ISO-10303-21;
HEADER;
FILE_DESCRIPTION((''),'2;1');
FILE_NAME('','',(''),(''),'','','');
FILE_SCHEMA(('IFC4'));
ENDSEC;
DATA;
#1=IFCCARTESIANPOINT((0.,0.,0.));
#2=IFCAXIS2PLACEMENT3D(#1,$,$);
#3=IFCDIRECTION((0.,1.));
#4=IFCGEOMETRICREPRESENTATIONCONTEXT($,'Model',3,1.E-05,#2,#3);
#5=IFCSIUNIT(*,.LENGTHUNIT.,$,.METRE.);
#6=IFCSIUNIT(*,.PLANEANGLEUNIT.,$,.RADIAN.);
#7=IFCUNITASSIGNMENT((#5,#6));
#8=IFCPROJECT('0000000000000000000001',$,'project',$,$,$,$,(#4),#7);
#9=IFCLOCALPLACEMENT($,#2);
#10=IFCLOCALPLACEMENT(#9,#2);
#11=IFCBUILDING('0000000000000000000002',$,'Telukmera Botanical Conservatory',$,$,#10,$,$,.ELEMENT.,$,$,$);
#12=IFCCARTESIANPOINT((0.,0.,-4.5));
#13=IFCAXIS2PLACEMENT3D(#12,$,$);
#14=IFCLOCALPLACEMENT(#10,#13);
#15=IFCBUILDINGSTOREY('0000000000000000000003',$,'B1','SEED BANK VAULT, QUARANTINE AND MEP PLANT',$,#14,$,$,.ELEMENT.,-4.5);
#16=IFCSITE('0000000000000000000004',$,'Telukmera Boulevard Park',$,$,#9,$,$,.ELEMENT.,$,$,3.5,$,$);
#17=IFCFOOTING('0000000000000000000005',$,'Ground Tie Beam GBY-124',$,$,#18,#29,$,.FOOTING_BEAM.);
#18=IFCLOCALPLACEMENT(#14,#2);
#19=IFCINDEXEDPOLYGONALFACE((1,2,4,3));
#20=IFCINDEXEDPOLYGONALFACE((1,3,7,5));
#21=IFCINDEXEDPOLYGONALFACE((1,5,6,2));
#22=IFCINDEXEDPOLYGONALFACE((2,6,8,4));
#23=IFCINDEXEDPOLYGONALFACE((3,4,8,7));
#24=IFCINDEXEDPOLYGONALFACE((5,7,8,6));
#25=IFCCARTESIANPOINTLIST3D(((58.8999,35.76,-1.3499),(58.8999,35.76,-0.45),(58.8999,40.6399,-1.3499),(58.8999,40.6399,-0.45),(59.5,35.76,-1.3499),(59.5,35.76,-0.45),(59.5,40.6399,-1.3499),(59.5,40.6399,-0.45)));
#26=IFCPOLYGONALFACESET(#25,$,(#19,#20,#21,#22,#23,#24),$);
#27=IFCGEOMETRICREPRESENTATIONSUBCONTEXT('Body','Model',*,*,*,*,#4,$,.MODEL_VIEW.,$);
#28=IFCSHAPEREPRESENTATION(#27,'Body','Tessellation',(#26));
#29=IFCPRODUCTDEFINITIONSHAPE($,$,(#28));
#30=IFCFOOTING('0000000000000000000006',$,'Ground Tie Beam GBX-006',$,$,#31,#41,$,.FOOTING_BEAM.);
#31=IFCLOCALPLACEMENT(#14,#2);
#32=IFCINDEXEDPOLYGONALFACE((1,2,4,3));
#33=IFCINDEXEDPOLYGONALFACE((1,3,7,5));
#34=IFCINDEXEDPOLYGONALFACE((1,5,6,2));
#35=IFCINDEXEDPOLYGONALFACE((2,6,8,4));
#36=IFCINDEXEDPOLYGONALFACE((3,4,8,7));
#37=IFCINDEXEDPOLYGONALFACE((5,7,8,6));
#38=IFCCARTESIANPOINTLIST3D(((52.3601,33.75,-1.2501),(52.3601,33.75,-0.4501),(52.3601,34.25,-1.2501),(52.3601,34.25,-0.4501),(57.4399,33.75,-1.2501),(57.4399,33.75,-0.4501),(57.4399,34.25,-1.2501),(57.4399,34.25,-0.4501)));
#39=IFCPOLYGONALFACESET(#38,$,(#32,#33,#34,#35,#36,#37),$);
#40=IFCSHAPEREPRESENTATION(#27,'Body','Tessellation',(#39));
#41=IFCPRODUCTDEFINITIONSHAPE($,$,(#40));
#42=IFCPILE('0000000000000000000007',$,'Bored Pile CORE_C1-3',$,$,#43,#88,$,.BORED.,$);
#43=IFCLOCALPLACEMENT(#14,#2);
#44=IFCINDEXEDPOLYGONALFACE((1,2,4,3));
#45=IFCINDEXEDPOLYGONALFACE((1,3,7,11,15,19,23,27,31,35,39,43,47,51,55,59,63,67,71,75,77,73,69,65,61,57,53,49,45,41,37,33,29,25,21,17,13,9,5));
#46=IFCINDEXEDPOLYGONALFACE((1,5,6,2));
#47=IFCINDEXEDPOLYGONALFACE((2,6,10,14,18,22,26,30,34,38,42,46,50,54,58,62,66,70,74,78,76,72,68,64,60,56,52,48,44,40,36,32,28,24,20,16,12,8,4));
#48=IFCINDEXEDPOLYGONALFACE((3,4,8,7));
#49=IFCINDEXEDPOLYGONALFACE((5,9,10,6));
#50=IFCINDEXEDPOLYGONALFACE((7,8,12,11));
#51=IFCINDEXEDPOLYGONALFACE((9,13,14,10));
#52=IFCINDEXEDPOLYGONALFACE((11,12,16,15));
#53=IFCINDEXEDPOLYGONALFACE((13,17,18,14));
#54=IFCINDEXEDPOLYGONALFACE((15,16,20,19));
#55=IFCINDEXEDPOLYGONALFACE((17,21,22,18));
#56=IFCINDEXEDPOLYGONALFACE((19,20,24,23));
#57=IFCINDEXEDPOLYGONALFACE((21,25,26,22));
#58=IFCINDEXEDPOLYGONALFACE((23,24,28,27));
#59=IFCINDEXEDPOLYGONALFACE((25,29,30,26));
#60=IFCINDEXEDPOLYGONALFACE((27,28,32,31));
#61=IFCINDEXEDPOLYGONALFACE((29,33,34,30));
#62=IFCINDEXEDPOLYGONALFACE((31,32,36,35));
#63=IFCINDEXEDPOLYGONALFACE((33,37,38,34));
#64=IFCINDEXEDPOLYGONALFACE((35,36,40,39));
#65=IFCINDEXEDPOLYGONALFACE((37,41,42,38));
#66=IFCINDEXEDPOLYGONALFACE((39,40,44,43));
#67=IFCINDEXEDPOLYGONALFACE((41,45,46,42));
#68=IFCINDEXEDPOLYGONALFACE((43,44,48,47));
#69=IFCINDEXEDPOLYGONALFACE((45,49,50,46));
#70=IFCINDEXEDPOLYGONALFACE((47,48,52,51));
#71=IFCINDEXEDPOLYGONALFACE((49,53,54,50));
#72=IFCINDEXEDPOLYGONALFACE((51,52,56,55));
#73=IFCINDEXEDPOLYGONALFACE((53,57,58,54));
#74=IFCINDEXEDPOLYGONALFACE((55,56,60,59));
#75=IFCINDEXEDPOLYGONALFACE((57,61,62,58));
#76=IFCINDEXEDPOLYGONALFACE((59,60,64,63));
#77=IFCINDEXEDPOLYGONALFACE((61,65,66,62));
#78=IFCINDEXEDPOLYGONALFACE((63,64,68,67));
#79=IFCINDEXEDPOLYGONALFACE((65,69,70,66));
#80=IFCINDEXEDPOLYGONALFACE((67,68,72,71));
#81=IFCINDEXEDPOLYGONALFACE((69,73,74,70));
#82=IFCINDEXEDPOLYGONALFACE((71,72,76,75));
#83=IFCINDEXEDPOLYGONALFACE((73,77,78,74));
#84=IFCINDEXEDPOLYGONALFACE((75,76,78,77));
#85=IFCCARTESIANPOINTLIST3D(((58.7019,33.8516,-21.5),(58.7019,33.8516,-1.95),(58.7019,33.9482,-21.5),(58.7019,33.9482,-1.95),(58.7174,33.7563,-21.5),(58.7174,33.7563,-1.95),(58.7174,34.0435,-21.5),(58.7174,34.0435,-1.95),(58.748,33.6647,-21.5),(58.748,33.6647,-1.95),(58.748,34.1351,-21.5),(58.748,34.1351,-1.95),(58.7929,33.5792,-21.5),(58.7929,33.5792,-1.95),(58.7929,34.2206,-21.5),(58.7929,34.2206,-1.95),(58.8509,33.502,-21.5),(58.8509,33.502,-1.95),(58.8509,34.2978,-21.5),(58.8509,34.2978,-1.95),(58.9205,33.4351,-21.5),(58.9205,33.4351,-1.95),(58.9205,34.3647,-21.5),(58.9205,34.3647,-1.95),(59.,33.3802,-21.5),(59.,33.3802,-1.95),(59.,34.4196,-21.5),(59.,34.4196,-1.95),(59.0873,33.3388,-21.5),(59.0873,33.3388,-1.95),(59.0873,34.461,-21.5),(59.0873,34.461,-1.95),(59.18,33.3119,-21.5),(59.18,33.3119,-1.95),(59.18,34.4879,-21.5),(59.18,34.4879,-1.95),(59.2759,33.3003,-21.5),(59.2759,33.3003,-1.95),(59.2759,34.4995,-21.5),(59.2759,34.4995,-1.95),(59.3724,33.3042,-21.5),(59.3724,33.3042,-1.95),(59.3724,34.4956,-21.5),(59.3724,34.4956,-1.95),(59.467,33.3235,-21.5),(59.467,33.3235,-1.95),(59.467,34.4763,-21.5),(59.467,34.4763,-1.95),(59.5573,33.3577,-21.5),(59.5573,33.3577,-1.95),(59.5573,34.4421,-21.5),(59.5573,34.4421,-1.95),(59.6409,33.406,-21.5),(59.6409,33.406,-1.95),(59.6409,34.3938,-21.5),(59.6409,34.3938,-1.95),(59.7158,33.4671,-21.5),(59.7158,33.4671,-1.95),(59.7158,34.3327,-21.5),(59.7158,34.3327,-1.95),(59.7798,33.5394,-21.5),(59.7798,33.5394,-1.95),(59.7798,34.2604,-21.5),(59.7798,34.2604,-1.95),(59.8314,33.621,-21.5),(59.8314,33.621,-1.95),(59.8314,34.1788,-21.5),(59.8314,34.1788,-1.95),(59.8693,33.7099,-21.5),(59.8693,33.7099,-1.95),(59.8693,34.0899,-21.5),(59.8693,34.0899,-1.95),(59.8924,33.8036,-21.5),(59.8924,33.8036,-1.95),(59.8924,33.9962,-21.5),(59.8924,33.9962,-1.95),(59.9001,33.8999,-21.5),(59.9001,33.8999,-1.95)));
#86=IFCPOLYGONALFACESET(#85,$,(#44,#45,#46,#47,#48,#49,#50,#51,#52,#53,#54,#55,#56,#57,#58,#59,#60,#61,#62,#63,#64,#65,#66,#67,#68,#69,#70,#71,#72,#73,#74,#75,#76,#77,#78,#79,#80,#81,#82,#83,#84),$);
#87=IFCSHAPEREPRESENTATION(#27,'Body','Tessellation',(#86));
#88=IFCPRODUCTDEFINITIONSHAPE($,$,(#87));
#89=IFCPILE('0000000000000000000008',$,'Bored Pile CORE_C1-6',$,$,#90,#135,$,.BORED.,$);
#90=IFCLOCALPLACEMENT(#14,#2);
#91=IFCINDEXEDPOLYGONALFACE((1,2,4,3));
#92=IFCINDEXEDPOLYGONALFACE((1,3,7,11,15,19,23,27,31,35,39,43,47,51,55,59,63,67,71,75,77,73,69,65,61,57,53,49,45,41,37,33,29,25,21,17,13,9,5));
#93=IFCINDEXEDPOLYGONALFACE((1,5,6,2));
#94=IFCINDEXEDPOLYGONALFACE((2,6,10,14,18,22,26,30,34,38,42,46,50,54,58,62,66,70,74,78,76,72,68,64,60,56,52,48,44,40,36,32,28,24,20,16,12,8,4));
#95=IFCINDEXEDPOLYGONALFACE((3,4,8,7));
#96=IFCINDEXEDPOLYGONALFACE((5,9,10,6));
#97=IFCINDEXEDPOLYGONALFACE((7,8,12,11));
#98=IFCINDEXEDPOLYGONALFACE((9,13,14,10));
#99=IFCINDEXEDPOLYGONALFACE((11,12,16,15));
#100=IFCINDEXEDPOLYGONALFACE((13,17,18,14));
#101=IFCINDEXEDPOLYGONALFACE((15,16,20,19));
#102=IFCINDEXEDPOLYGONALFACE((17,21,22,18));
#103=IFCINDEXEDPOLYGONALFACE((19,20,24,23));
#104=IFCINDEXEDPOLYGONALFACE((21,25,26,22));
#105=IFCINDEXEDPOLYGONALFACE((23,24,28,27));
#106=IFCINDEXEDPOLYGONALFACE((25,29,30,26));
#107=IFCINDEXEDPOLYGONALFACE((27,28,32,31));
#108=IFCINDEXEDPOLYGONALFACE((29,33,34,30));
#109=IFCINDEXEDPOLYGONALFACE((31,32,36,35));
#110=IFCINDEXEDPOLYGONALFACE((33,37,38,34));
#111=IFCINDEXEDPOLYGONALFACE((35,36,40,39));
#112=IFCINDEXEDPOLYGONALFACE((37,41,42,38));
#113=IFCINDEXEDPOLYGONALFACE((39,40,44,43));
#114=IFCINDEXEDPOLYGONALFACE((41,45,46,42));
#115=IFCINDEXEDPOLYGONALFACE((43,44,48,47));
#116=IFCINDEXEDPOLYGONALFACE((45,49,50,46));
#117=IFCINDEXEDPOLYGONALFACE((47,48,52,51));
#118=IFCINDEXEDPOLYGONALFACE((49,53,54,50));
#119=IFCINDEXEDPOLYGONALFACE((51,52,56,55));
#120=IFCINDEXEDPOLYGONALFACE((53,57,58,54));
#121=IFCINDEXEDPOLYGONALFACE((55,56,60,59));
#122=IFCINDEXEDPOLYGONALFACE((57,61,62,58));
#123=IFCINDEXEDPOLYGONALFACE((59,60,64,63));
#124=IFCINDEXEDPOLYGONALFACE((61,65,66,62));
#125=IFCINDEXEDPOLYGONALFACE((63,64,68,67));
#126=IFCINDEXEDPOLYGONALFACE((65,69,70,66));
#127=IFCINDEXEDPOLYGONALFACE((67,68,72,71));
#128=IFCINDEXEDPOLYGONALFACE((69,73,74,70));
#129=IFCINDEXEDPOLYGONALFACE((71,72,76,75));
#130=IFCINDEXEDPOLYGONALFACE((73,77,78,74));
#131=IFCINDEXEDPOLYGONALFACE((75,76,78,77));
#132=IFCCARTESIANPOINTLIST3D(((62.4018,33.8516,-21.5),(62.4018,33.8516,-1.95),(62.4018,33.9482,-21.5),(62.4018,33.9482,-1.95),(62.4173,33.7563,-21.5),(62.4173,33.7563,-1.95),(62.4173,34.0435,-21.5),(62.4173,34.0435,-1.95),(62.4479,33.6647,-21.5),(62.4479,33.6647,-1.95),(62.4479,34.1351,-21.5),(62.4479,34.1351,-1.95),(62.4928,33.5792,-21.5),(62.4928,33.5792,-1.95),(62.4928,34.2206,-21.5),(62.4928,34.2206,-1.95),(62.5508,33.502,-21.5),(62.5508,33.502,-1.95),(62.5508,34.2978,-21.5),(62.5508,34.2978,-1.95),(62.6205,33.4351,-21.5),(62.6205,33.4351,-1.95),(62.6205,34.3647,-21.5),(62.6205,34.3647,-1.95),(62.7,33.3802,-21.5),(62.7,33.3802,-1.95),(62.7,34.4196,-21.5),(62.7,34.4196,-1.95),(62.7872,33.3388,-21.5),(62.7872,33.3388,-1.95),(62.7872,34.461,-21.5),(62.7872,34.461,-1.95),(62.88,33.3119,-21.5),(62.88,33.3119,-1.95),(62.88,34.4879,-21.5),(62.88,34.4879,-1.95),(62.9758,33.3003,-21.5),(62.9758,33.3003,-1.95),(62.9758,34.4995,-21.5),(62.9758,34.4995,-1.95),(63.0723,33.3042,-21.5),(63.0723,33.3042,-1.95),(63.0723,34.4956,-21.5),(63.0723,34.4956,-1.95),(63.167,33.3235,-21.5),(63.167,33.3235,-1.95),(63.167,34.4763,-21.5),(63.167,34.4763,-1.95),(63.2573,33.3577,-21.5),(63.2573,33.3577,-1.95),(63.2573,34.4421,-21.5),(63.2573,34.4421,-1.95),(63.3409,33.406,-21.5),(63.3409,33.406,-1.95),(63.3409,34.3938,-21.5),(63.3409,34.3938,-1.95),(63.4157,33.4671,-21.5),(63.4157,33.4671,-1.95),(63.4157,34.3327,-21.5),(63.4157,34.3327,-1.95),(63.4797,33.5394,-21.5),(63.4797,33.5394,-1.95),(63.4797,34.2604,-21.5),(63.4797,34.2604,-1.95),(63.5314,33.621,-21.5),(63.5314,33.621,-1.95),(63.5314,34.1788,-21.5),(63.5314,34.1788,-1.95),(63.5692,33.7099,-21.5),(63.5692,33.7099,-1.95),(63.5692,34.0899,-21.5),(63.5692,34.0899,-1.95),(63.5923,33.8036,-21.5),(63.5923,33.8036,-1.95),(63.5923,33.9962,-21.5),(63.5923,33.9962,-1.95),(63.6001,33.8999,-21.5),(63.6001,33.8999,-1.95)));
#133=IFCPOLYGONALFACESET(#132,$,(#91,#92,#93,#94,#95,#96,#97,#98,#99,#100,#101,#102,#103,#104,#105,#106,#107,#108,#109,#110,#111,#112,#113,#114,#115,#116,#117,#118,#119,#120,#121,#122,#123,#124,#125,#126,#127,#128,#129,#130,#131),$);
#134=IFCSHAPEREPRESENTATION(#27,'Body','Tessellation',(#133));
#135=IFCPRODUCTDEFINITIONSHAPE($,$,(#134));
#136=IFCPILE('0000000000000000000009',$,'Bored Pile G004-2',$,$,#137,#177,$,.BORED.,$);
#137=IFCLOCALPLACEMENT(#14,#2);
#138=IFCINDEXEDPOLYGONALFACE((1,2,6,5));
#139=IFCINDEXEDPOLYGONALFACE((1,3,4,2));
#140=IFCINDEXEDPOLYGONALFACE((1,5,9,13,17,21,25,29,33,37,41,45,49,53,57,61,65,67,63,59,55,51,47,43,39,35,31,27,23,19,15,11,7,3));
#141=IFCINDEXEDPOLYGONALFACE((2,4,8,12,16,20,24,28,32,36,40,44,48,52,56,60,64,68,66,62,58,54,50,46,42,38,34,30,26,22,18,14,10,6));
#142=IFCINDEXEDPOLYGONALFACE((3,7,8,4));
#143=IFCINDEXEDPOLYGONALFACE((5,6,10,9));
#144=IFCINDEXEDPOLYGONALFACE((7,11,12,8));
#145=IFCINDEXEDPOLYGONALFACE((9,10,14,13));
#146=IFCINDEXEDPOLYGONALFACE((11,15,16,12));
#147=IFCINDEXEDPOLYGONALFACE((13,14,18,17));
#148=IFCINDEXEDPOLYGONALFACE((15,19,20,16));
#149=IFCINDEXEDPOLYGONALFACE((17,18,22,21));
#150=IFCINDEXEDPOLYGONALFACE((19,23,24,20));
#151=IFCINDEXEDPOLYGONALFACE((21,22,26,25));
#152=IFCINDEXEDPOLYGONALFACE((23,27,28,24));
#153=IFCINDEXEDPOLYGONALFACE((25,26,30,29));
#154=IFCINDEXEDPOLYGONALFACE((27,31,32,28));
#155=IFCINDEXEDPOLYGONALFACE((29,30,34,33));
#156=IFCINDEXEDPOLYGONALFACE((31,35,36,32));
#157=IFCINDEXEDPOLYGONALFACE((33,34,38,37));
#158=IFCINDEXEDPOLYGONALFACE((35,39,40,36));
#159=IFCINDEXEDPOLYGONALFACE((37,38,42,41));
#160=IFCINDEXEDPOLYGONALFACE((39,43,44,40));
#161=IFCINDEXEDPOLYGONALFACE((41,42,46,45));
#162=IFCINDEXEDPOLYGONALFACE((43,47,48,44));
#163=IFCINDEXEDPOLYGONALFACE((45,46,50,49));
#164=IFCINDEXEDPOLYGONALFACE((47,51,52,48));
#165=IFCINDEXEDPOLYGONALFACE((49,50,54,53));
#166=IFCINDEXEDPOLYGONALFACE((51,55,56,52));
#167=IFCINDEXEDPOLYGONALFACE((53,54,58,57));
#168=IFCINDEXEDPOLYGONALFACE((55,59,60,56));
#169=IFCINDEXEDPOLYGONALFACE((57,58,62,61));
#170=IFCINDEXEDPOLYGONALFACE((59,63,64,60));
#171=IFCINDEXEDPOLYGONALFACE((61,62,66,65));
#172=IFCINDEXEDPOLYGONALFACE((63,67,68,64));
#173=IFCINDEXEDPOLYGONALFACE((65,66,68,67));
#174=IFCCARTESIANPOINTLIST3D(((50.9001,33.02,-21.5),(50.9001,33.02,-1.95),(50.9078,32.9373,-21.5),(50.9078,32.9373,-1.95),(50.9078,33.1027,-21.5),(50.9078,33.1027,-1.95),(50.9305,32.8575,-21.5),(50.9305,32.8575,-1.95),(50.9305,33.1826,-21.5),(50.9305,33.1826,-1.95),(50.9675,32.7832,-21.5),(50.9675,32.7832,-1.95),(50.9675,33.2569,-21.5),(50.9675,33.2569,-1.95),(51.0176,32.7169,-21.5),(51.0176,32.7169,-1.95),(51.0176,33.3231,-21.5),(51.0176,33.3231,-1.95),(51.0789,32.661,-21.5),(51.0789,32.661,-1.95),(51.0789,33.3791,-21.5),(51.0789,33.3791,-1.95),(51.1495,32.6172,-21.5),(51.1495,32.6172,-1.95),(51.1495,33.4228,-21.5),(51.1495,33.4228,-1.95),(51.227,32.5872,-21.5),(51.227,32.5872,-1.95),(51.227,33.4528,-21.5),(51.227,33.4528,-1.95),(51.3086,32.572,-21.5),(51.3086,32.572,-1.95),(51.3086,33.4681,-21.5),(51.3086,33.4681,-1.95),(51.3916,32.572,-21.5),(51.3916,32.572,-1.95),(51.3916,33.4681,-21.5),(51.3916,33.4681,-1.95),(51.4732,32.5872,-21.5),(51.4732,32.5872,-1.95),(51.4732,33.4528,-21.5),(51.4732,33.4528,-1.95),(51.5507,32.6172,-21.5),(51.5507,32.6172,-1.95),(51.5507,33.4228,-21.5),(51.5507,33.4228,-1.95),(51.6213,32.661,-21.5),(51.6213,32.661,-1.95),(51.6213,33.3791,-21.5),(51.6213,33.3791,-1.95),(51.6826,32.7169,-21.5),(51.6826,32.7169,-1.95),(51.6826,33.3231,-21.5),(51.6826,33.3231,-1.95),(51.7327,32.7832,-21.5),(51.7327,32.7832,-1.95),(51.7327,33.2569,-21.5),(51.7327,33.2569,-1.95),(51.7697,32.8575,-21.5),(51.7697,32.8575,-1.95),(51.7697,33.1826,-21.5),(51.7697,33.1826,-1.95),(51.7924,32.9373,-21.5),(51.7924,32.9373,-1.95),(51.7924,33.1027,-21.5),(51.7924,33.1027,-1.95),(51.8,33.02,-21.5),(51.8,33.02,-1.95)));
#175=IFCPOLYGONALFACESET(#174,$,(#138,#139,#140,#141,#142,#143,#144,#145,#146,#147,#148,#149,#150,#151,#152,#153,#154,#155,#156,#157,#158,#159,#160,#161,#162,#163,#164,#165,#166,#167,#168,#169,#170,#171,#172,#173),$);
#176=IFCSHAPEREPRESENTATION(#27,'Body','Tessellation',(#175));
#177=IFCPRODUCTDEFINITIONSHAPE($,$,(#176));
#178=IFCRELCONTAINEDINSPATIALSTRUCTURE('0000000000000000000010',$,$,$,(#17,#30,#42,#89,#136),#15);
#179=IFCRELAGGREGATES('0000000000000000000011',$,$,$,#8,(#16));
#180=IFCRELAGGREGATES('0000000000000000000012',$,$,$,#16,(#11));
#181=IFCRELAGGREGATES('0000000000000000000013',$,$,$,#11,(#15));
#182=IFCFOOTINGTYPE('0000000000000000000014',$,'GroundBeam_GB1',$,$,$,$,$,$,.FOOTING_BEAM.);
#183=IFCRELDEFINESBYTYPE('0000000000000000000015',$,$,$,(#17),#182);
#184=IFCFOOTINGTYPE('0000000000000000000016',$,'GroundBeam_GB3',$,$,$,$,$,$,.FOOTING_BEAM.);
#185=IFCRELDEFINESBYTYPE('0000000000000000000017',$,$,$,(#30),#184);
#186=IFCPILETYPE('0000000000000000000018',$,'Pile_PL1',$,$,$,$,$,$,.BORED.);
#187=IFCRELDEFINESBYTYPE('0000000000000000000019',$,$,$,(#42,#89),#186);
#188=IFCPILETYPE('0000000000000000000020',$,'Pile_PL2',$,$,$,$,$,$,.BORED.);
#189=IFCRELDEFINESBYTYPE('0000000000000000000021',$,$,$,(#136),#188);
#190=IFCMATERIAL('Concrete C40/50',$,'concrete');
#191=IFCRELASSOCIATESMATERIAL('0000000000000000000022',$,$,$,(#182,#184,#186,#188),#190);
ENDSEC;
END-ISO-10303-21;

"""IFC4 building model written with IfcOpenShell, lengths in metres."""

from ifc_helpers import new_model, si_unit, direction, frame, origin, origin_2d, place, context, subcontext, project, spatial, rectangle, circle, extrude, material, material_profile, profile_set, type_object, element, save


model = new_model("IFC4")

# Units and contexts
model_context = context("Model", 3, precision=1e-05, world=origin(), true_north=direction((0.0, 1.0)))
body_context = subcontext(model_context, "Body", "Model", "MODEL_VIEW")
ifc_project = project(units=[si_unit("LENGTHUNIT", "METRE"), si_unit("PLANEANGLEUNIT", "RADIAN")], contexts=[model_context])

# Site, building, storey
site_placement = place(None, origin())
site = spatial("IfcSite", under=ifc_project, at=site_placement, Name="Telukmera Boulevard Park", CompositionType="ELEMENT", RefElevation=3.5)
building_placement = place(site_placement, origin())
building = spatial("IfcBuilding", under=site, at=building_placement, Name="Telukmera Botanical Conservatory", CompositionType="ELEMENT")
storey_placement = place(building_placement, frame((0.0, 0.0, -4.5)))
storey = spatial("IfcBuildingStorey", under=building, at=storey_placement, Name="B1", Description="SEED BANK VAULT, QUARANTINE AND MEP PLANT", CompositionType="ELEMENT", Elevation=-4.5)

# Footings
ifc_material_1 = material(Name="Concrete C40/50", Category="concrete")
ifc_material_profile_1 = material_profile(ifc_material_1, rectangle(XDim=0.6001, YDim=0.8999, at=origin_2d()), Name="RC 600x900")
ifc_profile_set_1 = profile_set([ifc_material_profile_1], Name="Concrete C40/50")
footing_type_1 = type_object("IfcFootingType", Name="GroundBeam_GB1", PredefinedType="FOOTING_BEAM", material=ifc_profile_set_1)
footing_1_placement = place(storey_placement, frame((59.2, 35.76, -0.8999), z_axis=(0.0, 1.0, 0.0), x_axis=(-1.0, 0.0, 0.0)))
element("IfcFooting", 1, at=footing_1_placement, inside=storey, type_object=footing_type_1, Name="Ground Tie Beam GBY-124", PredefinedType="FOOTING_BEAM", context=body_context, shape_type="SweptSolid", body=[
    extrude(rectangle(XDim=0.6001, YDim=0.8999, at=origin_2d()), origin(), (0.0, 0.0, 1.0), 4.8799),
])
ifc_material_profile_2 = material_profile(ifc_material_1, rectangle(XDim=0.5, YDim=0.8, at=origin_2d()), Name="RC 500x800")
ifc_profile_set_2 = profile_set([ifc_material_profile_2], Name="Concrete C40/50")
footing_type_2 = type_object("IfcFootingType", Name="GroundBeam_GB3", PredefinedType="FOOTING_BEAM", material=ifc_profile_set_2)
footing_2_placement = place(storey_placement, frame((52.3601, 34.0, -0.8501), z_axis=(1.0, 0.0, 0.0), x_axis=(0.0, 1.0, 0.0)))
element("IfcFooting", 2, at=footing_2_placement, inside=storey, type_object=footing_type_2, Name="Ground Tie Beam GBX-006", PredefinedType="FOOTING_BEAM", context=body_context, shape_type="SweptSolid", body=[
    extrude(rectangle(XDim=0.5, YDim=0.8, at=origin_2d()), origin(), (0.0, 0.0, 1.0), 5.0798),
])

# Piles
ifc_material_profile_3 = material_profile(ifc_material_1, circle(Radius=0.6001, at=origin_2d()), Name="PILE D1200")
ifc_profile_set_3 = profile_set([ifc_material_profile_3], Name="Concrete C40/50")
pile_type_1 = type_object("IfcPileType", Name="Pile_PL1", PredefinedType="BORED", material=ifc_profile_set_3)
for number, where, z_axis, x_axis, name in (
    (3, (59.3, 33.8999, -1.95), (0.0, 0.0, -1.0), (1.0, 0.0, 0.0), "Bored Pile CORE_C1-3"),
    (4, (63.0, 33.8999, -1.95), (0.0, 0.0, -1.0), (1.0, 0.0, 0.0), "Bored Pile CORE_C1-6"),
):
    element("IfcPile", number, at=place(storey_placement, frame(where, z_axis=z_axis, x_axis=x_axis)), inside=storey, type_object=pile_type_1, Name=name, PredefinedType="BORED", context=body_context, shape_type="SweptSolid", body=[
        extrude(circle(Radius=0.6001, at=origin_2d()), origin(), (0.0, 0.0, 1.0), 19.55),
    ])
ifc_material_profile_4 = material_profile(ifc_material_1, circle(Radius=0.45, at=origin_2d()), Name="PILE D900")
ifc_profile_set_4 = profile_set([ifc_material_profile_4], Name="Concrete C40/50")
pile_type_2 = type_object("IfcPileType", Name="Pile_PL2", PredefinedType="BORED", material=ifc_profile_set_4)
for number, where, z_axis, x_axis, name in (
    (5, (51.3501, 33.02, -1.95), (0.0, 0.0, -1.0), (1.0, 0.0, 0.0), "Bored Pile G004-2"),
):
    element("IfcPile", number, at=place(storey_placement, frame(where, z_axis=z_axis, x_axis=x_axis)), inside=storey, type_object=pile_type_2, Name=name, PredefinedType="BORED", context=body_context, shape_type="SweptSolid", body=[
        extrude(circle(Radius=0.45, at=origin_2d()), origin(), (0.0, 0.0, 1.0), 19.55),
    ])

save(model, "model.ifc")
